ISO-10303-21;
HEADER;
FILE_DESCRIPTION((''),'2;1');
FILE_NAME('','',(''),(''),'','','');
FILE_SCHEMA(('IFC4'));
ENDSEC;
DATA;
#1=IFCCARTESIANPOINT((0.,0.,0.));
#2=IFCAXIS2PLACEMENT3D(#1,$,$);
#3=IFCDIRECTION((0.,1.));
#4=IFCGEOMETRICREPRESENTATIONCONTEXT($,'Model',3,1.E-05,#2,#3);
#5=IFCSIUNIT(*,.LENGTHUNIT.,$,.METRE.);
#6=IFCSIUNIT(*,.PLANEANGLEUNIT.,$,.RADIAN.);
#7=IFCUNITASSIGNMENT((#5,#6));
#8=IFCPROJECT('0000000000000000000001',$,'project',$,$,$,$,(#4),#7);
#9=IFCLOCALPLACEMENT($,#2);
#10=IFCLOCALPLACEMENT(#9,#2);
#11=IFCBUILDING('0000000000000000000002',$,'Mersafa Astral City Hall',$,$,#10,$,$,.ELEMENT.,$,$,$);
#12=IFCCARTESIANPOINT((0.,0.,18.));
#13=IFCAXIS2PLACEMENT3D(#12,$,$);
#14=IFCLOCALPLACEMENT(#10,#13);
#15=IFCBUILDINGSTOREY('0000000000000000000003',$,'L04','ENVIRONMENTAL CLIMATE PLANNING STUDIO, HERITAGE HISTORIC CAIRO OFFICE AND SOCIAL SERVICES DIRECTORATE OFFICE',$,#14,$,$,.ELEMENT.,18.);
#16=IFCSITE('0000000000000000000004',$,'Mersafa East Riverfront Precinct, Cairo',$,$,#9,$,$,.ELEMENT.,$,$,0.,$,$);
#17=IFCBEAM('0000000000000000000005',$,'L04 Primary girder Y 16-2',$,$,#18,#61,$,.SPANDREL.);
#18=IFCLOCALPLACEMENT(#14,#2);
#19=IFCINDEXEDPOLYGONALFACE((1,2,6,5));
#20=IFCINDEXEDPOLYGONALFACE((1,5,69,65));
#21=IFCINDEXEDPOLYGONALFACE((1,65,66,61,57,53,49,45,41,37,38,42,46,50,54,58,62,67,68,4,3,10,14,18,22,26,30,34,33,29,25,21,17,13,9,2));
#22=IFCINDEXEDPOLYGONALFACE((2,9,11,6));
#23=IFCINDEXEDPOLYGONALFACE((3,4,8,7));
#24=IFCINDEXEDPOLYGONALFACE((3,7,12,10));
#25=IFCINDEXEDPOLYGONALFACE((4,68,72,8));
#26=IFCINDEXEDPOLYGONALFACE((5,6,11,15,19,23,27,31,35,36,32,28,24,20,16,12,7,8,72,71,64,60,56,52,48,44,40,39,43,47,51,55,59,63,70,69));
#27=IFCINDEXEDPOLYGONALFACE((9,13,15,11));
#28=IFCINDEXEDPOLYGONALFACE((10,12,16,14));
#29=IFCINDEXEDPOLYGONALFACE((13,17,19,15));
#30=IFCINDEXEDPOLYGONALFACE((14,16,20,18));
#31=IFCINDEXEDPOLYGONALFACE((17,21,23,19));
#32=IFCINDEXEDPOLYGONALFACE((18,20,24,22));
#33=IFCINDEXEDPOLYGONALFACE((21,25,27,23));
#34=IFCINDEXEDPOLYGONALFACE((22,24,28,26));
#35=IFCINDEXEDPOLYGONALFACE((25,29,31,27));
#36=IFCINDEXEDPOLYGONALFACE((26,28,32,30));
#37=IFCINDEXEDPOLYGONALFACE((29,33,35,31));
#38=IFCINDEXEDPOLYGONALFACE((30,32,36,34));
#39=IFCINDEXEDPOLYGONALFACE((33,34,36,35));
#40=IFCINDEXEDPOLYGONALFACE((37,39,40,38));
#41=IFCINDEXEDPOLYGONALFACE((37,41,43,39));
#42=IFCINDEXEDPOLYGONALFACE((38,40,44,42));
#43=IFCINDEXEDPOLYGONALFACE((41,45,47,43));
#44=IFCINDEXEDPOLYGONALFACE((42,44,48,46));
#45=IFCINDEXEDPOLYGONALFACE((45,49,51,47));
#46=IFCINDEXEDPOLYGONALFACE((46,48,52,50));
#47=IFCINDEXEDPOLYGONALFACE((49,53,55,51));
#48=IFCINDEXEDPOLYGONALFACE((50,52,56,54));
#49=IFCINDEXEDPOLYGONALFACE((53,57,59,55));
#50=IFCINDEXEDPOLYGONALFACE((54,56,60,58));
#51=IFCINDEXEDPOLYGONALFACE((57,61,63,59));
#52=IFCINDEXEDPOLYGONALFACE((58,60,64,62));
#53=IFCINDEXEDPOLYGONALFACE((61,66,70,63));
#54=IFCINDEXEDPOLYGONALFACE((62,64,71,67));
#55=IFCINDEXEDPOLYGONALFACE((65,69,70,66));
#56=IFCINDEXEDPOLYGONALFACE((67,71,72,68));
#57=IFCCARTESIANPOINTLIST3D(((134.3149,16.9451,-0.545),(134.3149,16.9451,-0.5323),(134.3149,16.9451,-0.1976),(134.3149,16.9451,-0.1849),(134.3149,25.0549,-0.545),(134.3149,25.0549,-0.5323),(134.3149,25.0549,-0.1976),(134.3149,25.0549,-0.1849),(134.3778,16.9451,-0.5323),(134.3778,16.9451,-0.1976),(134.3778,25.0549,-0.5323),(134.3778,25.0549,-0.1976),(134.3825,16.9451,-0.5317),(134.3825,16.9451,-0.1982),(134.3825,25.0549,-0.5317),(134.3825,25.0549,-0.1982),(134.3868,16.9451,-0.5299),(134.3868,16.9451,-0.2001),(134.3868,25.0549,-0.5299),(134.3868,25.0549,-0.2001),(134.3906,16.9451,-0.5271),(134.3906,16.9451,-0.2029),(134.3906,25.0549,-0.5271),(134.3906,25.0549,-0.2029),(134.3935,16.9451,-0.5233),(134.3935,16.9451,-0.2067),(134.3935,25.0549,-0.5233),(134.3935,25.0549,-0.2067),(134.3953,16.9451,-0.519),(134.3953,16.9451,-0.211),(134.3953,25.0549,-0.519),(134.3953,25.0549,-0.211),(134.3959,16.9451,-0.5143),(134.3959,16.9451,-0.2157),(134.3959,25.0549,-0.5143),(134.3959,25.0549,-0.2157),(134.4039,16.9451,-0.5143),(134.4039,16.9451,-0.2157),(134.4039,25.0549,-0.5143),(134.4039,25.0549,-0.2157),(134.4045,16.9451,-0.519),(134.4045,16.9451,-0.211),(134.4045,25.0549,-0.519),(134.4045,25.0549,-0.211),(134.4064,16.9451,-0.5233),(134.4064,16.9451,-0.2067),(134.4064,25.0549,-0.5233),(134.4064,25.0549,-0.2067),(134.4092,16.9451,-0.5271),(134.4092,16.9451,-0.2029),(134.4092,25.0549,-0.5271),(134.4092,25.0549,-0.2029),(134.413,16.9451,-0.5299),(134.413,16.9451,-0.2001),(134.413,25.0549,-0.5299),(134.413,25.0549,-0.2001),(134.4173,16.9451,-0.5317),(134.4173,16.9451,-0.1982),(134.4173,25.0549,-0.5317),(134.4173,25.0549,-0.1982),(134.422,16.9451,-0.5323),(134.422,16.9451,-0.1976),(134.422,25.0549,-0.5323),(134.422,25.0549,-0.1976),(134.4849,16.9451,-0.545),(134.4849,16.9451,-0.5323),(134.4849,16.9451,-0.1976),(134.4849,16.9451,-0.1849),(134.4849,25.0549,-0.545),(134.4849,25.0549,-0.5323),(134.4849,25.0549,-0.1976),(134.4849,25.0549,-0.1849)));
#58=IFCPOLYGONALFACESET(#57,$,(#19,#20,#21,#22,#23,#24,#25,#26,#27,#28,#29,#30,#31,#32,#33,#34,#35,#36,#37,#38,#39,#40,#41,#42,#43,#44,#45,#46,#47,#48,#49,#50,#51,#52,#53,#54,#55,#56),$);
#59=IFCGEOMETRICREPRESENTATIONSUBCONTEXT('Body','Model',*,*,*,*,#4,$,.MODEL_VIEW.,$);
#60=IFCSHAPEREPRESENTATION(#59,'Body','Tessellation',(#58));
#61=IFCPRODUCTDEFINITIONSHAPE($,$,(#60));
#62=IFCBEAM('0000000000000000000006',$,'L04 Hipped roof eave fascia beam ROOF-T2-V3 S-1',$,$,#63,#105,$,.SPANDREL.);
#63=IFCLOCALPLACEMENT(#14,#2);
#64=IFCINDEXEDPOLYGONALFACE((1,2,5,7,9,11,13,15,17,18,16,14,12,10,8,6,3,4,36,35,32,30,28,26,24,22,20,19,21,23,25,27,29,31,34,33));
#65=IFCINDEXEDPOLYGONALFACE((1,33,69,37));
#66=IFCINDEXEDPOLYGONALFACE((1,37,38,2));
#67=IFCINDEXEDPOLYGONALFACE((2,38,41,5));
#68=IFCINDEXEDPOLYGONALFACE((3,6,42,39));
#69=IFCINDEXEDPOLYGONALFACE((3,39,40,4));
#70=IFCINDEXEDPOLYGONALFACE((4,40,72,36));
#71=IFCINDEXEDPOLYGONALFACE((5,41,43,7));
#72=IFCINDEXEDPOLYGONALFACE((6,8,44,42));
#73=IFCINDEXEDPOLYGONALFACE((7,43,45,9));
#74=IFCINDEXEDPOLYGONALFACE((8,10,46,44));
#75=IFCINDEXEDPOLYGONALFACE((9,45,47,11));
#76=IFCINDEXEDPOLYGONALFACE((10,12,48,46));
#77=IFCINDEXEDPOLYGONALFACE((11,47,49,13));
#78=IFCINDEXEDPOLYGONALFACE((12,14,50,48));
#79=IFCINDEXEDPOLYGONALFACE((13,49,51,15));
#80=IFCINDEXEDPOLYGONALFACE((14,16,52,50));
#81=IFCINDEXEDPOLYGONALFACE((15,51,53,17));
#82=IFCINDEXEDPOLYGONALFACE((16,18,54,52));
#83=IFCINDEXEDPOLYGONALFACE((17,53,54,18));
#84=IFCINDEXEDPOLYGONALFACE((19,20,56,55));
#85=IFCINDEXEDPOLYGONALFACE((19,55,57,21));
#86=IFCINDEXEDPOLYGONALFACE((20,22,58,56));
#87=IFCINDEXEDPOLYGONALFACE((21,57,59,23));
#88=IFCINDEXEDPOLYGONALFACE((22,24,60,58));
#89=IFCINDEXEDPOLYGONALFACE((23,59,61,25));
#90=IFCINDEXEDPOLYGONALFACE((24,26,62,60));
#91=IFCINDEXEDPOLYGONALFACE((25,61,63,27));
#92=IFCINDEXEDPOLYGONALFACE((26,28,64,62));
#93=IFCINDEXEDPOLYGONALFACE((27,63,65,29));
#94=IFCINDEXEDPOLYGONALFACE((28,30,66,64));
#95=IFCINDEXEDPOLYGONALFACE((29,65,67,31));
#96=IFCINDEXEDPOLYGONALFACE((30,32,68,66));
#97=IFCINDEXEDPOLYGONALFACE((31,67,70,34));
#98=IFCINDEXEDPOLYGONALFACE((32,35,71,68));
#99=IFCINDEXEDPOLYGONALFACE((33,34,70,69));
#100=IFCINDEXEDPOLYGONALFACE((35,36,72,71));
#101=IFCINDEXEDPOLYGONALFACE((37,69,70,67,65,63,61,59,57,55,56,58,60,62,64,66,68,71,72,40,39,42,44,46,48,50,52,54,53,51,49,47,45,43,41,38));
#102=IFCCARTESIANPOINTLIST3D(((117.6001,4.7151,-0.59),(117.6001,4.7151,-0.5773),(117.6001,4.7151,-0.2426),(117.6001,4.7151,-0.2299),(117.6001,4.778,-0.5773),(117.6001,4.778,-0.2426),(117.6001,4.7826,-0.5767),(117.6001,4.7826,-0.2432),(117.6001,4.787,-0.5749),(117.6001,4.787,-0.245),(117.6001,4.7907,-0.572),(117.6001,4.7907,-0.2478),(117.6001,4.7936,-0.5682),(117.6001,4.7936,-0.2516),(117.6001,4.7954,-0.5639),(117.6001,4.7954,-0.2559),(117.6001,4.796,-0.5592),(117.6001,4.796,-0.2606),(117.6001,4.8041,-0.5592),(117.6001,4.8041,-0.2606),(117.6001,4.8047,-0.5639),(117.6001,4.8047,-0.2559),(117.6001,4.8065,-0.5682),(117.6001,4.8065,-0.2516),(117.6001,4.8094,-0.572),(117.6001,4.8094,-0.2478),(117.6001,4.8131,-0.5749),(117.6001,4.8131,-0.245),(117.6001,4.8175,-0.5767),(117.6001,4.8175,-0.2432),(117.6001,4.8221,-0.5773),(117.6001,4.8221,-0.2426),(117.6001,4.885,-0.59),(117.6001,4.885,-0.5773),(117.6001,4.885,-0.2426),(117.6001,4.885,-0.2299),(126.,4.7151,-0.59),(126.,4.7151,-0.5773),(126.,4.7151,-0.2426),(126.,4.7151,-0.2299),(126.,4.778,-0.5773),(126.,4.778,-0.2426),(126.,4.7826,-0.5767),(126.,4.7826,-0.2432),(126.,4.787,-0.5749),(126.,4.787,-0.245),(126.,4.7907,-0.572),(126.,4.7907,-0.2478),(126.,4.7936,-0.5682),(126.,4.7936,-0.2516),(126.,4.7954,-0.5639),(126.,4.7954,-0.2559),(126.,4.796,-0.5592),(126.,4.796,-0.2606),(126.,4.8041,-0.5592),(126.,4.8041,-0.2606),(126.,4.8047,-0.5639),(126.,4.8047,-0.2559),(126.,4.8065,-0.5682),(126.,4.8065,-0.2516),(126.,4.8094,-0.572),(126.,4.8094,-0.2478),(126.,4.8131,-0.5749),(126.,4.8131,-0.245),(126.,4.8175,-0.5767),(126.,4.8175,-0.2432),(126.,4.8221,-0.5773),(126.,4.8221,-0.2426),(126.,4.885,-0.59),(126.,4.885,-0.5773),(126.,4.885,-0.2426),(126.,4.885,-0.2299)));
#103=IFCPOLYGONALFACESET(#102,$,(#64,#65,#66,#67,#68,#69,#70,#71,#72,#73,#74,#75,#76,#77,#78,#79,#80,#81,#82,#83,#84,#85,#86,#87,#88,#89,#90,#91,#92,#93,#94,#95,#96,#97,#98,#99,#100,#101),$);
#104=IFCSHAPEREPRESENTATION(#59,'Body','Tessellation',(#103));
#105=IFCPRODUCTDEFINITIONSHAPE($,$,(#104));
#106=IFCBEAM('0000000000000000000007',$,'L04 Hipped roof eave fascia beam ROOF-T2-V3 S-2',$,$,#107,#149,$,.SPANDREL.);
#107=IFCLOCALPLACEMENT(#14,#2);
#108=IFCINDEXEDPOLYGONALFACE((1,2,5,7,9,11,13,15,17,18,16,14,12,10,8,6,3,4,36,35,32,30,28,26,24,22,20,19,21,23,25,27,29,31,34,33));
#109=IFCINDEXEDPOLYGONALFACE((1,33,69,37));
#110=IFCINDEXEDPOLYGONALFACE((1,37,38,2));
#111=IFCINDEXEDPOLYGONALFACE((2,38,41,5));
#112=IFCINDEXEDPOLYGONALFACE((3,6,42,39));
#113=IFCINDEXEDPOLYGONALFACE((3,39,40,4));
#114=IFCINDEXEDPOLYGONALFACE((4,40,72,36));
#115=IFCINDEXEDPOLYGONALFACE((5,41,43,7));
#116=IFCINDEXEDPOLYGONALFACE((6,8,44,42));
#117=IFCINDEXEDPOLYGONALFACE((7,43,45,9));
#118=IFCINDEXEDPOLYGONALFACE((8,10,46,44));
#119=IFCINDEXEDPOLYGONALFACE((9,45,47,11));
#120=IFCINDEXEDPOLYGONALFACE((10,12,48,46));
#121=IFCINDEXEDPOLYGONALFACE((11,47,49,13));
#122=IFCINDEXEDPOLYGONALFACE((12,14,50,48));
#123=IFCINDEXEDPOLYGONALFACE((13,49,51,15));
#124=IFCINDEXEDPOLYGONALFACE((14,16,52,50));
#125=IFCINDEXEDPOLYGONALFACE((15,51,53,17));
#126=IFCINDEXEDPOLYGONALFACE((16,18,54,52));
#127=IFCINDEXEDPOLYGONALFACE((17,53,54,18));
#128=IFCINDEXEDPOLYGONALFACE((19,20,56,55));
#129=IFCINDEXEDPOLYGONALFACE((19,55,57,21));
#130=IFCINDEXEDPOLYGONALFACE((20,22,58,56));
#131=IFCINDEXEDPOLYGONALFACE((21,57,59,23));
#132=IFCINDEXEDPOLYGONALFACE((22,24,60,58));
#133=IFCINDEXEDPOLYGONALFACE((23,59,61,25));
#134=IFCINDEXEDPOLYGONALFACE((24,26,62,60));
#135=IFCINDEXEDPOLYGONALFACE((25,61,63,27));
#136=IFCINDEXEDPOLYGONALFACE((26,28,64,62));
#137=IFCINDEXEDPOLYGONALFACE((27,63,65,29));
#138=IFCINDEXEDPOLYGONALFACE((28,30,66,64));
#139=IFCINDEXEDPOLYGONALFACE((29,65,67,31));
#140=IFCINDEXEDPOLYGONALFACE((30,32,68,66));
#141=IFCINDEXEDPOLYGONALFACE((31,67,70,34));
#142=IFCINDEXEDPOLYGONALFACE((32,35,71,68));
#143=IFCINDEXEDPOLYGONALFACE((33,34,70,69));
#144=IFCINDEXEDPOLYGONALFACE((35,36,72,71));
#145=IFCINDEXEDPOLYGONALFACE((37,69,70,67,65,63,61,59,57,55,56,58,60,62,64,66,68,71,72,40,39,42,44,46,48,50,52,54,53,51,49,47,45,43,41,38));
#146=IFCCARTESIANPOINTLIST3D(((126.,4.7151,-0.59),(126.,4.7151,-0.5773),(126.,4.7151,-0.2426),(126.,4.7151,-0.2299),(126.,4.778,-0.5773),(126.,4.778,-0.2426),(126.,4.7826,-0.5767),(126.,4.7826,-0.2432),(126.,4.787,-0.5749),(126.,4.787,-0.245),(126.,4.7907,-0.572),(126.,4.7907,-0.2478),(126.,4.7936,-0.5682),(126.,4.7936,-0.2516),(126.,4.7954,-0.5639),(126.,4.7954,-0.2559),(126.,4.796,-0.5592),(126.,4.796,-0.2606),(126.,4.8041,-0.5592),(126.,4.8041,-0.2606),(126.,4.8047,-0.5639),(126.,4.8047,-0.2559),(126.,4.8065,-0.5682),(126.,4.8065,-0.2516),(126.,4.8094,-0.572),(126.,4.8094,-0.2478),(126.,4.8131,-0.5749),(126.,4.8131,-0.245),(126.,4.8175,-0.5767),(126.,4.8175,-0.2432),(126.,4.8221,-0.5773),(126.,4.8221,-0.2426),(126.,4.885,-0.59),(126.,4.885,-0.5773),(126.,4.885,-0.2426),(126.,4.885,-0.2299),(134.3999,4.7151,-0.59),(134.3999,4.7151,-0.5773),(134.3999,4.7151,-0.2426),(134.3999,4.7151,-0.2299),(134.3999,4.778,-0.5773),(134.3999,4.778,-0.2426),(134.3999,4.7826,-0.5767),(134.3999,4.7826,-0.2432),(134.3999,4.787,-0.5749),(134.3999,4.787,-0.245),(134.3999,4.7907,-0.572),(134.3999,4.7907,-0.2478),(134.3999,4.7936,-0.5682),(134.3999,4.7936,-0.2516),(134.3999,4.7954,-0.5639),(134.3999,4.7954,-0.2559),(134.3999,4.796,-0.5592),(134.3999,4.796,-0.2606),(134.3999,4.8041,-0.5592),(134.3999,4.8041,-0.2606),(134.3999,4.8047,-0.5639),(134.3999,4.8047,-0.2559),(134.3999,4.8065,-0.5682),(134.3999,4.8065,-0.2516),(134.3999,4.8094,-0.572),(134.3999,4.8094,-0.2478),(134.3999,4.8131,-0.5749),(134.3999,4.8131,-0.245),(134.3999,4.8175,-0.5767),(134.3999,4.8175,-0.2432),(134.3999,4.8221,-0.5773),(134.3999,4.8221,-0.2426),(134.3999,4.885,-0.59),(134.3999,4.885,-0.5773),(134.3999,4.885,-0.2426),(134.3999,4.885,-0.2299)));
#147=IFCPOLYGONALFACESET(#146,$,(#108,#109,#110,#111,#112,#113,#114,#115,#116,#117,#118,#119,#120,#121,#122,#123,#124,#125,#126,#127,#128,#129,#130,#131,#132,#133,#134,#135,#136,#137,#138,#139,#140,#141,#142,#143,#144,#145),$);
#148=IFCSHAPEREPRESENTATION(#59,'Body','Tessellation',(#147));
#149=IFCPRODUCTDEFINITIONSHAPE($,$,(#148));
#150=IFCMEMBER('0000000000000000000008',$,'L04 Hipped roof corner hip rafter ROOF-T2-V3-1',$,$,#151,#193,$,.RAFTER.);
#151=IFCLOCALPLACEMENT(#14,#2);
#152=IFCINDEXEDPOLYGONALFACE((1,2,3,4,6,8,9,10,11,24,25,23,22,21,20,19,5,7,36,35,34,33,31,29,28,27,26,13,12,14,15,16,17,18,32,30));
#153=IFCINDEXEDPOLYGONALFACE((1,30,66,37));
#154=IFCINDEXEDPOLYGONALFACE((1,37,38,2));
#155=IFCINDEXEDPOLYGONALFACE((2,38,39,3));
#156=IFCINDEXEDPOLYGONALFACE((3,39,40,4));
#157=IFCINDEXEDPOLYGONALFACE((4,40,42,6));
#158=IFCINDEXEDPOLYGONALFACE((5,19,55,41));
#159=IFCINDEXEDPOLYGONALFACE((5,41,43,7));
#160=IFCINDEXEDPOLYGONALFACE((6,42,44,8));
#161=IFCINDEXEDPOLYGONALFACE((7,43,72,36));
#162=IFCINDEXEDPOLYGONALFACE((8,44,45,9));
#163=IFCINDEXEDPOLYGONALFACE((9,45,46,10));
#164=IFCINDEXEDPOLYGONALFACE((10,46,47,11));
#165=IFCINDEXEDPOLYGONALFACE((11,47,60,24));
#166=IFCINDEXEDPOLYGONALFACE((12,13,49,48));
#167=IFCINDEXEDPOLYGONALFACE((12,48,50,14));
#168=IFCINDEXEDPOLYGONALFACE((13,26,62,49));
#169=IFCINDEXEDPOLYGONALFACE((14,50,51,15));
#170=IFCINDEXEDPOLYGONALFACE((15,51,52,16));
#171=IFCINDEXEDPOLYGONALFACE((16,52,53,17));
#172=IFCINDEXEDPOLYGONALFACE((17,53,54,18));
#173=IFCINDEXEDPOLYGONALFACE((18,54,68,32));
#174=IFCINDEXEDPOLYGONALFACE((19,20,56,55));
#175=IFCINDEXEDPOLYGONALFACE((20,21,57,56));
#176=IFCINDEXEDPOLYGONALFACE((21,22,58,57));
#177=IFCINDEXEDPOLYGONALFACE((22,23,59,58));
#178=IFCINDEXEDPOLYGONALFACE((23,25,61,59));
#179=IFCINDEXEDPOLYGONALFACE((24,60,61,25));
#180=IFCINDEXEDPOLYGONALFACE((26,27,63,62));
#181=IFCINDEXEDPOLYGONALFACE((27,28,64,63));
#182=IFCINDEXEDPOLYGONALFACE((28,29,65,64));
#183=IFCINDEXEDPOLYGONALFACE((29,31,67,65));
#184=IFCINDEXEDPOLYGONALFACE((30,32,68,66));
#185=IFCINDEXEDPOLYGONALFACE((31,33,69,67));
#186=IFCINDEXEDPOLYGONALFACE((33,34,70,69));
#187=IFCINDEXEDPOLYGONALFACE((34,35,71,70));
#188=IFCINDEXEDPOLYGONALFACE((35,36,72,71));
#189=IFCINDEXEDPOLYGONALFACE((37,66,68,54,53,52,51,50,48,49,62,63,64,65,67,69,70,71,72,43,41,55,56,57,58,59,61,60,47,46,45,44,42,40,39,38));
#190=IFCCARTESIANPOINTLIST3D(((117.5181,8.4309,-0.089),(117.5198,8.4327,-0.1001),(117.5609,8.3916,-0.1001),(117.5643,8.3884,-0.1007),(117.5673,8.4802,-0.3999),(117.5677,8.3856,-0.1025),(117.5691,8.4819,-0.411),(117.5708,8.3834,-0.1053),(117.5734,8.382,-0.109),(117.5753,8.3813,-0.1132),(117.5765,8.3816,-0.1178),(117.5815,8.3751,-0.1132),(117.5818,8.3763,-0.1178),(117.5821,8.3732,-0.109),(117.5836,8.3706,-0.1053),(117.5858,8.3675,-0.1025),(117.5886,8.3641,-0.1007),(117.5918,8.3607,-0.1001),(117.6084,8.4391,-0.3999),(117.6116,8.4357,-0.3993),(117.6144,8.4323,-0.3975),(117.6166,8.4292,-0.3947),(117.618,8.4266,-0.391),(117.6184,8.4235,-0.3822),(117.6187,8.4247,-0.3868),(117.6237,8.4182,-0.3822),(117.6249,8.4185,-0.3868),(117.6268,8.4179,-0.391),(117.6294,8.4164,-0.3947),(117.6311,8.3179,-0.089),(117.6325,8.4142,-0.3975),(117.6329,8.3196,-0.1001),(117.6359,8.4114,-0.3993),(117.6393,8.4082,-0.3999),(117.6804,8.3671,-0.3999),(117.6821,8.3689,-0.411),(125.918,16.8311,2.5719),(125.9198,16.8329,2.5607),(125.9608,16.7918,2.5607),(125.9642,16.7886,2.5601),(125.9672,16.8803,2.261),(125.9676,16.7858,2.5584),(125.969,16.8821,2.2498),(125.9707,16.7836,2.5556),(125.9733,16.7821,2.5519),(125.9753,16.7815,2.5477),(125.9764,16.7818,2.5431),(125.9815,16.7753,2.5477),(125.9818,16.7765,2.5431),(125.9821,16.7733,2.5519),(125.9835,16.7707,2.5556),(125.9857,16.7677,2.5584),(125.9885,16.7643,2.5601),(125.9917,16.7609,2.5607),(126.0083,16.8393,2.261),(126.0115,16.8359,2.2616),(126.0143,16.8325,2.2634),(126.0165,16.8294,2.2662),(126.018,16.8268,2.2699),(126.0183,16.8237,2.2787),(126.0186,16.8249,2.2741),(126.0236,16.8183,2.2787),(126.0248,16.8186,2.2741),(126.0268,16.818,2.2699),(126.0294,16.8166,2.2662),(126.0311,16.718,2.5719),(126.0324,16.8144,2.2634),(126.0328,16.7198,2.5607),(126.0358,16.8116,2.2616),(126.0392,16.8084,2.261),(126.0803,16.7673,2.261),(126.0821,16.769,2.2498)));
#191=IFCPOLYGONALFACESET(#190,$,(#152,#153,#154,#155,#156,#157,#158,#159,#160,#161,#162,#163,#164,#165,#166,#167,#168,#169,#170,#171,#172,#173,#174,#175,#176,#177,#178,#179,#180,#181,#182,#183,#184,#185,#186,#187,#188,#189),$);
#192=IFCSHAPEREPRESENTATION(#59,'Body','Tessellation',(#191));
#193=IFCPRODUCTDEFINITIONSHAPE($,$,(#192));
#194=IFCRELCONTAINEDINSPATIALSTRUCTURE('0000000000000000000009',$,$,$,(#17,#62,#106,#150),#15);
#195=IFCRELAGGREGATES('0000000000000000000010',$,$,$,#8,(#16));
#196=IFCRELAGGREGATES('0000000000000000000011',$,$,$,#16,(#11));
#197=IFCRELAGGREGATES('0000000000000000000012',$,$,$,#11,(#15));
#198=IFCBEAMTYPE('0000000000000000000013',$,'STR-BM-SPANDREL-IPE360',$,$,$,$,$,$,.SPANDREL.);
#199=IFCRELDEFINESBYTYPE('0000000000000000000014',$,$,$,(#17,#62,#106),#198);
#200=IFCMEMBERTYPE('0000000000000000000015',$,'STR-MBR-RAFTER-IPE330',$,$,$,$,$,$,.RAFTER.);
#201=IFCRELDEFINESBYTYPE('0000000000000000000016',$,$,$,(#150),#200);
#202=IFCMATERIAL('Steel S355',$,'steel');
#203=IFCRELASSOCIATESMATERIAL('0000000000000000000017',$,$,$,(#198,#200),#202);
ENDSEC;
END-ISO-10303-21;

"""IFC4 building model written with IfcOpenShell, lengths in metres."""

from ifc_helpers import new_model, si_unit, direction, frame, origin, origin_2d, place, context, subcontext, project, spatial, i_section, extrude, material, material_profile, profile_set, type_object, element, save


model = new_model("IFC4")

# Units and contexts
model_context = context("Model", 3, precision=1e-05, world=origin(), true_north=direction((0.0, 1.0)))
body_context = subcontext(model_context, "Body", "Model", "MODEL_VIEW")
ifc_project = project(units=[si_unit("LENGTHUNIT", "METRE"), si_unit("PLANEANGLEUNIT", "RADIAN")], contexts=[model_context])

# Site, building, storey
site_placement = place(None, origin())
site = spatial("IfcSite", under=ifc_project, at=site_placement, Name="Mersafa East Riverfront Precinct, Cairo", CompositionType="ELEMENT", RefElevation=0.0)
building_placement = place(site_placement, origin())
building = spatial("IfcBuilding", under=site, at=building_placement, Name="Mersafa Astral City Hall", CompositionType="ELEMENT")
storey_placement = place(building_placement, frame((0.0, 0.0, 18.0)))
storey = spatial("IfcBuildingStorey", under=building, at=storey_placement, Name="L04", Description="ENVIRONMENTAL CLIMATE PLANNING STUDIO, HERITAGE HISTORIC CAIRO OFFICE AND SOCIAL SERVICES DIRECTORATE OFFICE", CompositionType="ELEMENT", Elevation=18.0)

# Shared definitions
ifc_material_1 = material(Name="Steel S355", Category="steel")

# Beams
ifc_material_profile_1 = material_profile(ifc_material_1, i_section(OverallWidth=0.1699, OverallDepth=0.3601, WebThickness=0.0081, FlangeThickness=0.0127, FilletRadius=0.0181, at=origin_2d()), Name="IPE 360")
ifc_profile_set_1 = profile_set([ifc_material_profile_1], Name="Steel S355")
beam_type_1 = type_object("IfcBeamType", Name="STR-BM-SPANDREL-IPE360", PredefinedType="SPANDREL", material=ifc_profile_set_1)
beam_1_placement = place(storey_placement, frame((134.3999, 16.9451, -0.365), z_axis=(0.0, 1.0, 0.0), x_axis=(-1.0, 0.0, 0.0)))
element("IfcBeam", 1, at=beam_1_placement, inside=storey, type_object=beam_type_1, Name="L04 Primary girder Y 16-2", PredefinedType="SPANDREL", context=body_context, shape_type="SweptSolid", body=[
    extrude(i_section(OverallWidth=0.1699, OverallDepth=0.3601, WebThickness=0.0081, FlangeThickness=0.0127, FilletRadius=0.0181, at=origin_2d()), origin(), (0.0, 0.0, 1.0), 8.1099),
])
for number, where, z_axis, x_axis, name in (
    (2, (117.6001, 4.8, -0.4099), (1.0, 0.0, 0.0), (0.0, 1.0, 0.0), "L04 Hipped roof eave fascia beam ROOF-T2-V3 S-1"),
    (3, (126.0, 4.8, -0.4099), (1.0, 0.0, 0.0), (0.0, 1.0, 0.0), "L04 Hipped roof eave fascia beam ROOF-T2-V3 S-2"),
):
    element("IfcBeam", number, at=place(storey_placement, frame(where, z_axis=z_axis, x_axis=x_axis)), inside=storey, type_object=beam_type_1, Name=name, PredefinedType="SPANDREL", context=body_context, shape_type="SweptSolid", body=[
        extrude(i_section(OverallWidth=0.1699, OverallDepth=0.3601, WebThickness=0.0081, FlangeThickness=0.0127, FilletRadius=0.0181, at=origin_2d()), origin(), (0.0, 0.0, 1.0), 8.3999),
    ])

# Member
ifc_material_profile_2 = material_profile(ifc_material_1, i_section(OverallWidth=0.1599, OverallDepth=0.3301, WebThickness=0.0076, FlangeThickness=0.0115, FilletRadius=0.0181, at=origin_2d()), Name="IPE 330")
ifc_profile_set_2 = profile_set([ifc_material_profile_2], Name="Steel S355")
member_type = type_object("IfcMemberType", Name="STR-MBR-RAFTER-IPE330", PredefinedType="RAFTER", material=ifc_profile_set_2)
for number, where, z_axis, x_axis, name in (
    (4, (117.6001, 8.3999, -0.25), (0.689999, 0.690019, 0.218575), (-0.707117, 0.707097, 0.0), "L04 Hipped roof corner hip rafter ROOF-T2-V3-1"),
):
    element("IfcMember", number, at=place(storey_placement, frame(where, z_axis=z_axis, x_axis=x_axis)), inside=storey, type_object=member_type, Name=name, PredefinedType="RAFTER", context=body_context, shape_type="SweptSolid", body=[
        extrude(i_section(OverallWidth=0.1599, OverallDepth=0.3301, WebThickness=0.0076, FlangeThickness=0.0115, FilletRadius=0.0181, at=origin_2d()), origin(), (0.0, 0.0, 1.0), 12.1738),
    ])

save(model, "model.ifc")
